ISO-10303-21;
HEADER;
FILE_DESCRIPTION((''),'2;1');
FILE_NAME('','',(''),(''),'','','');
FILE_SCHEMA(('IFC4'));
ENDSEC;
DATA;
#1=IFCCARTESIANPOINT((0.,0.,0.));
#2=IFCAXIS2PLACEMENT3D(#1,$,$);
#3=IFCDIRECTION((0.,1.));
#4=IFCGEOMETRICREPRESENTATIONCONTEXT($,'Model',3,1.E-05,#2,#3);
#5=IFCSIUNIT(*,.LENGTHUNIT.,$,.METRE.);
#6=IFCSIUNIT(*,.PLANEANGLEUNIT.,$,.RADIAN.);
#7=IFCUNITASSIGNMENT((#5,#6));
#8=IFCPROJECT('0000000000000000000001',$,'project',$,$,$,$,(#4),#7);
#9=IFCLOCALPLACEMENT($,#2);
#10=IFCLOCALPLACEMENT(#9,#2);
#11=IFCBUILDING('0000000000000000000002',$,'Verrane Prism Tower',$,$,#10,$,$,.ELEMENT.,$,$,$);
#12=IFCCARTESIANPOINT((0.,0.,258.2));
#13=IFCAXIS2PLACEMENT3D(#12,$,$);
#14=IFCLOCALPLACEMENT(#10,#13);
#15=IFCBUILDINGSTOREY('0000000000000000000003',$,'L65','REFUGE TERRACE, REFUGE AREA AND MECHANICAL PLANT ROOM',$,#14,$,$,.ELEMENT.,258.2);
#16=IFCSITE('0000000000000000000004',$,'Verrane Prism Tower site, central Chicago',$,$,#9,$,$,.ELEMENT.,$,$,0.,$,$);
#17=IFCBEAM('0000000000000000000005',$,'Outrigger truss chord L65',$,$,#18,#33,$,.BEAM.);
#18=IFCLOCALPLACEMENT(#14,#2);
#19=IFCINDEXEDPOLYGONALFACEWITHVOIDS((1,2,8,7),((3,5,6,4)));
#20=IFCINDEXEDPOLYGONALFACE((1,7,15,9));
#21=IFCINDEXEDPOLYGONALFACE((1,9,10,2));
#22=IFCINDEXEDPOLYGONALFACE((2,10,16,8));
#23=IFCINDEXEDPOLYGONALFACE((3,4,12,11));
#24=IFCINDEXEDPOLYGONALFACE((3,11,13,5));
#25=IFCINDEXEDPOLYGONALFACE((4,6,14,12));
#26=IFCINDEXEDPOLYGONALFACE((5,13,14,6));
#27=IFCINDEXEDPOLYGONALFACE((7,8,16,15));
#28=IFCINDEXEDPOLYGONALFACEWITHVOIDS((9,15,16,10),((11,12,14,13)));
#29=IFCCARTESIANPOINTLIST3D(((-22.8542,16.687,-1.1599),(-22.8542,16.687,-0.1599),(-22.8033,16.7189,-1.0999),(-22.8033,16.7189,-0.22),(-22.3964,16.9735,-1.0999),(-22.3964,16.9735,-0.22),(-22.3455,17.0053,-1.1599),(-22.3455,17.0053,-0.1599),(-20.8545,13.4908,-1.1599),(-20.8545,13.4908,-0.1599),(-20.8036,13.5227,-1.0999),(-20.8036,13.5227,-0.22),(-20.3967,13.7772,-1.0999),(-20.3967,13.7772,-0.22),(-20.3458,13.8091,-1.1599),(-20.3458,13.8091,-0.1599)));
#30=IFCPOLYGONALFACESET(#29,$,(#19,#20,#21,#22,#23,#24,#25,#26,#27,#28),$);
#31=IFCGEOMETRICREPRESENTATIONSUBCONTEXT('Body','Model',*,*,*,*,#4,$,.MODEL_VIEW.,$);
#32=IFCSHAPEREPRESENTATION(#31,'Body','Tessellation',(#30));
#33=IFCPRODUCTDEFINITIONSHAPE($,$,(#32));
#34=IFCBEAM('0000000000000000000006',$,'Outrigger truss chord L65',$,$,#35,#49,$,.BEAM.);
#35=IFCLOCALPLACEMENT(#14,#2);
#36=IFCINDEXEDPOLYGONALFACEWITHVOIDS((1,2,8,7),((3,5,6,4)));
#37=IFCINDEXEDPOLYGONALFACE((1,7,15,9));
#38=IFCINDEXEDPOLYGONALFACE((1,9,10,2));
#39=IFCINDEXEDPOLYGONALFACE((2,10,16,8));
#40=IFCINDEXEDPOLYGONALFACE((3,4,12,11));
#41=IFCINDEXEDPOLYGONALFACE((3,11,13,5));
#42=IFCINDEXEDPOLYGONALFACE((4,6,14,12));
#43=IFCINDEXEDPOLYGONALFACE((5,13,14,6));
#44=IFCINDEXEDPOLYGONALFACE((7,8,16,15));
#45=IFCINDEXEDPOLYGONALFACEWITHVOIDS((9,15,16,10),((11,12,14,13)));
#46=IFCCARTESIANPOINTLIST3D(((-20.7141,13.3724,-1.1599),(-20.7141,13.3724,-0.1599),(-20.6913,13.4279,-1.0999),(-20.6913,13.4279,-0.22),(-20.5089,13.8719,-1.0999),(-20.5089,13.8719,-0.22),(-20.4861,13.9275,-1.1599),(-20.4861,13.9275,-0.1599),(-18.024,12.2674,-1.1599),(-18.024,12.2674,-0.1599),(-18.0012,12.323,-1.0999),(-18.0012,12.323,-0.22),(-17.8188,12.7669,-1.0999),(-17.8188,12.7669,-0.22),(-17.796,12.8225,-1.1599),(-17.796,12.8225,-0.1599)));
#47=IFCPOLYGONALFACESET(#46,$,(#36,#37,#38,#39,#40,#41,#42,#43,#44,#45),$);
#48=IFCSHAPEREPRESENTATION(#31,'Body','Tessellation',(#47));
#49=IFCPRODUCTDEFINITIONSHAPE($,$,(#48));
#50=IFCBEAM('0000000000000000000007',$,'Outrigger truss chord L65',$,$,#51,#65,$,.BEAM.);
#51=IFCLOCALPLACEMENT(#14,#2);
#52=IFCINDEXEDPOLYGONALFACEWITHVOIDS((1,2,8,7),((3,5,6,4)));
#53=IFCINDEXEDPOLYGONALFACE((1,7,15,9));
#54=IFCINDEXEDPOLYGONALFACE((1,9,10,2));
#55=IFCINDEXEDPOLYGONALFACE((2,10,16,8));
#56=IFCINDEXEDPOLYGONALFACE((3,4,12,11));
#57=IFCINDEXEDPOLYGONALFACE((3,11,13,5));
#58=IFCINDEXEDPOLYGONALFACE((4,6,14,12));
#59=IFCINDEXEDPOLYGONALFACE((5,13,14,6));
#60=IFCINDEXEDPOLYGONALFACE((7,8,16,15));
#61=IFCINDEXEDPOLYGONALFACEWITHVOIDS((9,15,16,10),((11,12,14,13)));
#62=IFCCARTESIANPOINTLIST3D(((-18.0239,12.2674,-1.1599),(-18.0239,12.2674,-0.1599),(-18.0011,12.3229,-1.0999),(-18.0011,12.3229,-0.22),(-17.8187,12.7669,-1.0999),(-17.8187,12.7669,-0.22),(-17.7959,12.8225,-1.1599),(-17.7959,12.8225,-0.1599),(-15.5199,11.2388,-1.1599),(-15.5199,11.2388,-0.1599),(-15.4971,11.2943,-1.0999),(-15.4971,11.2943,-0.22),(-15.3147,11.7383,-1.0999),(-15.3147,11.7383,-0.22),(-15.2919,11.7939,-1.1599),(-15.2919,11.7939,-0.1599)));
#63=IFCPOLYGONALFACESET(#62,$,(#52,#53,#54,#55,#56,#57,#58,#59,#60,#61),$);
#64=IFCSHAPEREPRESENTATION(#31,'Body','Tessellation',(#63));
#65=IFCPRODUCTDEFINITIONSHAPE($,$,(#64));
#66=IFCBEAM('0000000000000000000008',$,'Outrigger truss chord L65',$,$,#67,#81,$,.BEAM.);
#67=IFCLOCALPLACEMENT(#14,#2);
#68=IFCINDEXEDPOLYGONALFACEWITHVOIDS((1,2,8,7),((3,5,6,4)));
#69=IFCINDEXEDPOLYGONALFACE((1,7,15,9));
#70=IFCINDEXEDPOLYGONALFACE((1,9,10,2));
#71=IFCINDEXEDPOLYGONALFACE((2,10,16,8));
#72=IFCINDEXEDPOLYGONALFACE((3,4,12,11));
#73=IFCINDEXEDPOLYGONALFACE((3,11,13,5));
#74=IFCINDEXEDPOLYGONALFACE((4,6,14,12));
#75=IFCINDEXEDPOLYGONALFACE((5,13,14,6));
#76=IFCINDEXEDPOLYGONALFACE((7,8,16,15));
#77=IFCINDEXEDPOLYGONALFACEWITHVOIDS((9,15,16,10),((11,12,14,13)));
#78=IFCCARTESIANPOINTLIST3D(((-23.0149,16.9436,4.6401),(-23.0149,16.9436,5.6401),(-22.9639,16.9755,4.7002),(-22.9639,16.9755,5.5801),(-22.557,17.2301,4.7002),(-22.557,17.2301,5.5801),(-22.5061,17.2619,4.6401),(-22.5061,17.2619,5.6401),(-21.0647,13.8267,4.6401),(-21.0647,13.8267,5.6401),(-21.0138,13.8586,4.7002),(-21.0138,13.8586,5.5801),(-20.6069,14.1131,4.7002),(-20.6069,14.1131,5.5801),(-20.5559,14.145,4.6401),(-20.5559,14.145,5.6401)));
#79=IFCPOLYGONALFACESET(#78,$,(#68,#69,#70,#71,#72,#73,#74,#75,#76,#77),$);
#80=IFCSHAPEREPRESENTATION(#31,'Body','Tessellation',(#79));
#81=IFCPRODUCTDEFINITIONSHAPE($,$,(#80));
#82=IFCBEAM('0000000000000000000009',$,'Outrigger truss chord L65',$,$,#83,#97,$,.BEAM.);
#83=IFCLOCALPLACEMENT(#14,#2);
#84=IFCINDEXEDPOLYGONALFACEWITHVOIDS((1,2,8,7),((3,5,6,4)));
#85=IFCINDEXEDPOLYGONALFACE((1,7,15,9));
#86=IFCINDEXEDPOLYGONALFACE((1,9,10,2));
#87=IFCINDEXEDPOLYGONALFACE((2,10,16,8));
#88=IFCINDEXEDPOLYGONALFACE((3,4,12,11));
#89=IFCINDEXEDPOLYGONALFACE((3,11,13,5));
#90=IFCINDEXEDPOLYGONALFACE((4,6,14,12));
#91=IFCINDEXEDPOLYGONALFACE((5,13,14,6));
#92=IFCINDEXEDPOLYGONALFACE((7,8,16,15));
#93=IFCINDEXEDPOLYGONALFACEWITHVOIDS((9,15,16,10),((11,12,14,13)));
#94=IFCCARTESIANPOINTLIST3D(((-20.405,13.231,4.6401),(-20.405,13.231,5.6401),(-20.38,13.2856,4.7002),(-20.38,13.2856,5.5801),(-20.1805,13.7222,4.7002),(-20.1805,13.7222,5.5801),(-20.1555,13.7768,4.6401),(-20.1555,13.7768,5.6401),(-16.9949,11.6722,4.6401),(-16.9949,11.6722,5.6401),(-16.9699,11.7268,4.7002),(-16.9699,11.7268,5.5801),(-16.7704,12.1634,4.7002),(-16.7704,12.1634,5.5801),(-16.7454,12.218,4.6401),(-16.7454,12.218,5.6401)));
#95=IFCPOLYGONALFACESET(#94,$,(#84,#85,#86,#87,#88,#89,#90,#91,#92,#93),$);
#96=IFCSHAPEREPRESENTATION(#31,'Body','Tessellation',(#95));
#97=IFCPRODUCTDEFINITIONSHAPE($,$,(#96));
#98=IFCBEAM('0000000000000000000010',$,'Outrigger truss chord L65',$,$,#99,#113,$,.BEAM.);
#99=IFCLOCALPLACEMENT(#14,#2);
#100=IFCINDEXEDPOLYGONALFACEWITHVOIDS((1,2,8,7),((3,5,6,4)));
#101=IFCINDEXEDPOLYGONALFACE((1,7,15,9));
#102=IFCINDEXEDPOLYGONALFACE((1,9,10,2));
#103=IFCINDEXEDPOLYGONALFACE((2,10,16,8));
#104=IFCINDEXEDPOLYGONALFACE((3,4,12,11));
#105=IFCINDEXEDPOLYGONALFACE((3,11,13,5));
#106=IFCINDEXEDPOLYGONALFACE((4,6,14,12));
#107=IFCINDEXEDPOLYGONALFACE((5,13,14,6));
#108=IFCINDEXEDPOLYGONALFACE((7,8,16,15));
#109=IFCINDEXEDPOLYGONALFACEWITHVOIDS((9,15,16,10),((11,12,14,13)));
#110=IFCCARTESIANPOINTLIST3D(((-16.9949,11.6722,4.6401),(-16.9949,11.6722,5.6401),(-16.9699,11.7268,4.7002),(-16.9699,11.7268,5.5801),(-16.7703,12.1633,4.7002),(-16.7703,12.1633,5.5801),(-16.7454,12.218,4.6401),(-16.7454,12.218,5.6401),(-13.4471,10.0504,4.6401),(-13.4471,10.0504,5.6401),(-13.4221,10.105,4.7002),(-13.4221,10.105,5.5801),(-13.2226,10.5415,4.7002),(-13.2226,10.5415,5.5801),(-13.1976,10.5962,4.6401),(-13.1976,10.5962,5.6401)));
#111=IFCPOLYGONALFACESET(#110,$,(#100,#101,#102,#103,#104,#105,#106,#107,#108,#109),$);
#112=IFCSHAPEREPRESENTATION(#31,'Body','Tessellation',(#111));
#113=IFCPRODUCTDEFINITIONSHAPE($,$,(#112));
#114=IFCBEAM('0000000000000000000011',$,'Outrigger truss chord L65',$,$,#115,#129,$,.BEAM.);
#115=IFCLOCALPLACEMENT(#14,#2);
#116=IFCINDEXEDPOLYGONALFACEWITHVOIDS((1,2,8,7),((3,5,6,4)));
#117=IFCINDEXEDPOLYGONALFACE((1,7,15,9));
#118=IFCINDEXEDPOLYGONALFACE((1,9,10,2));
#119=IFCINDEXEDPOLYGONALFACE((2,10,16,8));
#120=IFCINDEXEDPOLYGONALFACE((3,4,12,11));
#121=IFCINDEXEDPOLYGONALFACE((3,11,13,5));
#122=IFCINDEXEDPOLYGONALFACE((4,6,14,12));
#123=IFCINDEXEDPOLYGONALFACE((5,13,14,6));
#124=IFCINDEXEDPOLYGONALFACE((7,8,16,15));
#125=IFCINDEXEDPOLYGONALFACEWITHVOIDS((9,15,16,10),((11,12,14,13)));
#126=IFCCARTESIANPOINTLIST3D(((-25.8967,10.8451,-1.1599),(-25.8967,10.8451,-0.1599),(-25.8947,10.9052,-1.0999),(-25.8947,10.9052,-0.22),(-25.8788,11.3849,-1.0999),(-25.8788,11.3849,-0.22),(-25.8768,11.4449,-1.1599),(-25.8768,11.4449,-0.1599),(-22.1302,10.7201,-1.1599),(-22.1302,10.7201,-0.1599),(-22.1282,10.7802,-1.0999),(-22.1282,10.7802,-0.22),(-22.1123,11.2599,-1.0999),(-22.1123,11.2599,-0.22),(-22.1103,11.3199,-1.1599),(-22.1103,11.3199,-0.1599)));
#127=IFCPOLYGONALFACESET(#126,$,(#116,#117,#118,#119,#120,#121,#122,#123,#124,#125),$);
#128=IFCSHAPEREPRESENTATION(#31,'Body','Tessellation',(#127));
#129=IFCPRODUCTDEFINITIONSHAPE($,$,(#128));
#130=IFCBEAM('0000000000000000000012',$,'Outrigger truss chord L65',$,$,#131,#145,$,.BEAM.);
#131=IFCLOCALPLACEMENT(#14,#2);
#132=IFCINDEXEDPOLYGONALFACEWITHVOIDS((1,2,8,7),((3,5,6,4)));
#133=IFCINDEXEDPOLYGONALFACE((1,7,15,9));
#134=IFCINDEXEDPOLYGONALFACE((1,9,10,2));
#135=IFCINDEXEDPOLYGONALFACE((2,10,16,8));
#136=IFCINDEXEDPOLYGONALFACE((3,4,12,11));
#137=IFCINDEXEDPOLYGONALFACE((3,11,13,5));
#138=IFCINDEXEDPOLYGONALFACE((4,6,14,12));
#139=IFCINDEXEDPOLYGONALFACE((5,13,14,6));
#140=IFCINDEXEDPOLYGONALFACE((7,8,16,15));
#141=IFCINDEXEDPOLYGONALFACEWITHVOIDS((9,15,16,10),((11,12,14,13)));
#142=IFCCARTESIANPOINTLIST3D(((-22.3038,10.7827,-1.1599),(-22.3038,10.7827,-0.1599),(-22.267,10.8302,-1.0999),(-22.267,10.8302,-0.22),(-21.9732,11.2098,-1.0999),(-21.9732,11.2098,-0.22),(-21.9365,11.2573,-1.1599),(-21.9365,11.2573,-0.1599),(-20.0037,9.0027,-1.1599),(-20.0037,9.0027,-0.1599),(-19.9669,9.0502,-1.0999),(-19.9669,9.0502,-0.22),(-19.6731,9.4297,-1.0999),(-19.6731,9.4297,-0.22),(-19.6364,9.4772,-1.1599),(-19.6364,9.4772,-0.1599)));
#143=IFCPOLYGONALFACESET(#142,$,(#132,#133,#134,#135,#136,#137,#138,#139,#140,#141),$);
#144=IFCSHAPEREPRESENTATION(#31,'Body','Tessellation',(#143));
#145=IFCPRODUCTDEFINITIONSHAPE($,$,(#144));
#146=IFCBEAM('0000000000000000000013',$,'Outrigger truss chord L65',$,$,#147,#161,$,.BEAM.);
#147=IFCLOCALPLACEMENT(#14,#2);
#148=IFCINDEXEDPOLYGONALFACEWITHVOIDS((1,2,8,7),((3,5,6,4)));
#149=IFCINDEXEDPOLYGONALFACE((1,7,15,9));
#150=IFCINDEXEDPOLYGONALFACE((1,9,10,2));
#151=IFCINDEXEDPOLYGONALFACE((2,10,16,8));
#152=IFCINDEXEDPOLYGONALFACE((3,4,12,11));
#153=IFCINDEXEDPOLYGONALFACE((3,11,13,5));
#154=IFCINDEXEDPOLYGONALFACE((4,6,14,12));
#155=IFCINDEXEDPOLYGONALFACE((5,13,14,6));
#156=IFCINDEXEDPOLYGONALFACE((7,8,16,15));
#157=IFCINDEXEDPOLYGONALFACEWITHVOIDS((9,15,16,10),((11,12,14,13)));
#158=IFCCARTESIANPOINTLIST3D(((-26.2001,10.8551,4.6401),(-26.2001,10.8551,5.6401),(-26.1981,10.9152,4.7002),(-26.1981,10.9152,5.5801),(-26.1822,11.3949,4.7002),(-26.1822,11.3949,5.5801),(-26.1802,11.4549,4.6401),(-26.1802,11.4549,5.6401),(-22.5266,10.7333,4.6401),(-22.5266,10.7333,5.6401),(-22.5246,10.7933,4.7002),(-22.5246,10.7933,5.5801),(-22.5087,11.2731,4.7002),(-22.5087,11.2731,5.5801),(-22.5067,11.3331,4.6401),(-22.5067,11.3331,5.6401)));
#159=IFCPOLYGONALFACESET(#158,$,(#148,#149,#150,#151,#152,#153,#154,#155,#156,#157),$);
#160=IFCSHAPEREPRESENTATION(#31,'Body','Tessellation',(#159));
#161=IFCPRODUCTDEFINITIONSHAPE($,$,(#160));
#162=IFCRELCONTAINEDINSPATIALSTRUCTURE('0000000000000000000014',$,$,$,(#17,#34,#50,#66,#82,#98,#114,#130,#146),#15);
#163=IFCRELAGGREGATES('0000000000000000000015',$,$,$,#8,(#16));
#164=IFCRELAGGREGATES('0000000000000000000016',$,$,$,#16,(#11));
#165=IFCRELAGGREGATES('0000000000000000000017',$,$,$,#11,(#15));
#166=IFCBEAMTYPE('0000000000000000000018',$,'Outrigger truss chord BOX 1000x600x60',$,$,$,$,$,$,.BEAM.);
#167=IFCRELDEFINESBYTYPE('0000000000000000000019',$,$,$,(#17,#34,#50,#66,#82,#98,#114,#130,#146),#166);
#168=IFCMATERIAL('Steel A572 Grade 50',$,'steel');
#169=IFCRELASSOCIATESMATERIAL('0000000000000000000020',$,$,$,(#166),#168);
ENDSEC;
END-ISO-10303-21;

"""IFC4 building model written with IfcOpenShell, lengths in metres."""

from ifc_helpers import new_model, si_unit, direction, frame, origin, origin_2d, place, context, subcontext, project, spatial, hollow_rectangle, extrude, material, material_profile, profile_set, type_object, element, save


model = new_model("IFC4")

# Units and contexts
model_context = context("Model", 3, precision=1e-05, world=origin(), true_north=direction((0.0, 1.0)))
body_context = subcontext(model_context, "Body", "Model", "MODEL_VIEW")
ifc_project = project(units=[si_unit("LENGTHUNIT", "METRE"), si_unit("PLANEANGLEUNIT", "RADIAN")], contexts=[model_context])

# Site, building, storey
site_placement = place(None, origin())
site = spatial("IfcSite", under=ifc_project, at=site_placement, Name="Verrane Prism Tower site, central Chicago", CompositionType="ELEMENT", RefElevation=0.0)
building_placement = place(site_placement, origin())
building = spatial("IfcBuilding", under=site, at=building_placement, Name="Verrane Prism Tower", CompositionType="ELEMENT")
storey_placement = place(building_placement, frame((0.0, 0.0, 258.2)))
storey = spatial("IfcBuildingStorey", under=building, at=storey_placement, Name="L65", Description="REFUGE TERRACE, REFUGE AREA AND MECHANICAL PLANT ROOM", CompositionType="ELEMENT", Elevation=258.2)

# Beams
ifc_material_1 = material(Name="Steel A572 Grade 50", Category="steel")
ifc_material_profile_1 = material_profile(ifc_material_1, hollow_rectangle(XDim=0.6001, YDim=1.0, WallThickness=0.0601, at=origin_2d()), Name="BOX 1000x600x60")
ifc_profile_set_1 = profile_set([ifc_material_profile_1], Name="Steel A572 Grade 50")
beam_type_1 = type_object("IfcBeamType", Name="Outrigger truss chord BOX 1000x600x60", PredefinedType="BEAM", material=ifc_profile_set_1)
beam_1_placement = place(storey_placement, frame((-22.5999, 16.8462, -0.6599), z_axis=(0.530395, -0.847751, 0.0), x_axis=(0.847751, 0.530395, 0.0)))
element("IfcBeam", 1, at=beam_1_placement, inside=storey, type_object=beam_type_1, Name="Outrigger truss chord L65", PredefinedType="BEAM", context=body_context, shape_type="SweptSolid", body=[
    extrude(hollow_rectangle(XDim=0.6001, YDim=1.0, WallThickness=0.0601, at=origin_2d()), origin(), (0.0, 0.0, 1.0), 3.7703),
])
beam_2_placement = place(storey_placement, frame((-20.6001, 13.6499, -0.6599), z_axis=(0.92501, -0.379943, 0.0), x_axis=(0.379943, 0.92501, 0.0)))
element("IfcBeam", 2, at=beam_2_placement, inside=storey, type_object=beam_type_1, Name="Outrigger truss chord L65", PredefinedType="BEAM", context=body_context, shape_type="SweptSolid", body=[
    extrude(hollow_rectangle(XDim=0.6001, YDim=1.0, WallThickness=0.0601, at=origin_2d()), origin(), (0.0, 0.0, 1.0), 2.9082),
])
beam_3_placement = place(storey_placement, frame((-17.9099, 12.5449, -0.6599), z_axis=(0.924997, -0.379974, 0.0), x_axis=(0.379974, 0.924997, 0.0)))
element("IfcBeam", 3, at=beam_3_placement, inside=storey, type_object=beam_type_1, Name="Outrigger truss chord L65", PredefinedType="BEAM", context=body_context, shape_type="SweptSolid", body=[
    extrude(hollow_rectangle(XDim=0.6001, YDim=1.0, WallThickness=0.0601, at=origin_2d()), origin(), (0.0, 0.0, 1.0), 2.707),
])
beam_4_placement = place(storey_placement, frame((-22.7605, 17.1028, 5.1401), z_axis=(0.530411, -0.847741, 0.0), x_axis=(0.847741, 0.530411, 0.0)))
element("IfcBeam", 4, at=beam_4_placement, inside=storey, type_object=beam_type_1, Name="Outrigger truss chord L65", PredefinedType="BEAM", context=body_context, shape_type="SweptSolid", body=[
    extrude(hollow_rectangle(XDim=0.6001, YDim=1.0, WallThickness=0.0601, at=origin_2d()), origin(), (0.0, 0.0, 1.0), 3.6768),
])
beam_5_placement = place(storey_placement, frame((-20.2803, 13.5039, 5.1401), z_axis=(0.909484, -0.41574, 0.0), x_axis=(0.41574, 0.909484, 0.0)))
element("IfcBeam", 5, at=beam_5_placement, inside=storey, type_object=beam_type_1, Name="Outrigger truss chord L65", PredefinedType="BEAM", context=body_context, shape_type="SweptSolid", body=[
    extrude(hollow_rectangle(XDim=0.6001, YDim=1.0, WallThickness=0.0601, at=origin_2d()), origin(), (0.0, 0.0, 1.0), 3.7495),
])
beam_6_placement = place(storey_placement, frame((-16.8701, 11.9451, 5.1401), z_axis=(0.909479, -0.415749, 0.0), x_axis=(0.415749, 0.909479, 0.0)))
element("IfcBeam", 6, at=beam_6_placement, inside=storey, type_object=beam_type_1, Name="Outrigger truss chord L65", PredefinedType="BEAM", context=body_context, shape_type="SweptSolid", body=[
    extrude(hollow_rectangle(XDim=0.6001, YDim=1.0, WallThickness=0.0601, at=origin_2d()), origin(), (0.0, 0.0, 1.0), 3.9009),
])
beam_7_placement = place(storey_placement, frame((-25.8867, 11.145, -0.6599), z_axis=(0.99945, -0.033168, 0.0), x_axis=(0.033168, 0.99945, 0.0)))
element("IfcBeam", 7, at=beam_7_placement, inside=storey, type_object=beam_type_1, Name="Outrigger truss chord L65", PredefinedType="BEAM", context=body_context, shape_type="SweptSolid", body=[
    extrude(hollow_rectangle(XDim=0.6001, YDim=1.0, WallThickness=0.0601, at=origin_2d()), origin(), (0.0, 0.0, 1.0), 3.7686),
])
beam_8_placement = place(storey_placement, frame((-22.1201, 11.02, -0.6599), z_axis=(0.790832, -0.612033, 0.0), x_axis=(0.612033, 0.790832, 0.0)))
element("IfcBeam", 8, at=beam_8_placement, inside=storey, type_object=beam_type_1, Name="Outrigger truss chord L65", PredefinedType="BEAM", context=body_context, shape_type="SweptSolid", body=[
    extrude(hollow_rectangle(XDim=0.6001, YDim=1.0, WallThickness=0.0601, at=origin_2d()), origin(), (0.0, 0.0, 1.0), 2.9084),
])
beam_9_placement = place(storey_placement, frame((-26.1902, 11.155, 5.1401), z_axis=(0.999451, -0.033145, 0.0), x_axis=(0.033145, 0.999451, 0.0)))
element("IfcBeam", 9, at=beam_9_placement, inside=storey, type_object=beam_type_1, Name="Outrigger truss chord L65", PredefinedType="BEAM", context=body_context, shape_type="SweptSolid", body=[
    extrude(hollow_rectangle(XDim=0.6001, YDim=1.0, WallThickness=0.0601, at=origin_2d()), origin(), (0.0, 0.0, 1.0), 3.6755),
])

save(model, "model.ifc")
